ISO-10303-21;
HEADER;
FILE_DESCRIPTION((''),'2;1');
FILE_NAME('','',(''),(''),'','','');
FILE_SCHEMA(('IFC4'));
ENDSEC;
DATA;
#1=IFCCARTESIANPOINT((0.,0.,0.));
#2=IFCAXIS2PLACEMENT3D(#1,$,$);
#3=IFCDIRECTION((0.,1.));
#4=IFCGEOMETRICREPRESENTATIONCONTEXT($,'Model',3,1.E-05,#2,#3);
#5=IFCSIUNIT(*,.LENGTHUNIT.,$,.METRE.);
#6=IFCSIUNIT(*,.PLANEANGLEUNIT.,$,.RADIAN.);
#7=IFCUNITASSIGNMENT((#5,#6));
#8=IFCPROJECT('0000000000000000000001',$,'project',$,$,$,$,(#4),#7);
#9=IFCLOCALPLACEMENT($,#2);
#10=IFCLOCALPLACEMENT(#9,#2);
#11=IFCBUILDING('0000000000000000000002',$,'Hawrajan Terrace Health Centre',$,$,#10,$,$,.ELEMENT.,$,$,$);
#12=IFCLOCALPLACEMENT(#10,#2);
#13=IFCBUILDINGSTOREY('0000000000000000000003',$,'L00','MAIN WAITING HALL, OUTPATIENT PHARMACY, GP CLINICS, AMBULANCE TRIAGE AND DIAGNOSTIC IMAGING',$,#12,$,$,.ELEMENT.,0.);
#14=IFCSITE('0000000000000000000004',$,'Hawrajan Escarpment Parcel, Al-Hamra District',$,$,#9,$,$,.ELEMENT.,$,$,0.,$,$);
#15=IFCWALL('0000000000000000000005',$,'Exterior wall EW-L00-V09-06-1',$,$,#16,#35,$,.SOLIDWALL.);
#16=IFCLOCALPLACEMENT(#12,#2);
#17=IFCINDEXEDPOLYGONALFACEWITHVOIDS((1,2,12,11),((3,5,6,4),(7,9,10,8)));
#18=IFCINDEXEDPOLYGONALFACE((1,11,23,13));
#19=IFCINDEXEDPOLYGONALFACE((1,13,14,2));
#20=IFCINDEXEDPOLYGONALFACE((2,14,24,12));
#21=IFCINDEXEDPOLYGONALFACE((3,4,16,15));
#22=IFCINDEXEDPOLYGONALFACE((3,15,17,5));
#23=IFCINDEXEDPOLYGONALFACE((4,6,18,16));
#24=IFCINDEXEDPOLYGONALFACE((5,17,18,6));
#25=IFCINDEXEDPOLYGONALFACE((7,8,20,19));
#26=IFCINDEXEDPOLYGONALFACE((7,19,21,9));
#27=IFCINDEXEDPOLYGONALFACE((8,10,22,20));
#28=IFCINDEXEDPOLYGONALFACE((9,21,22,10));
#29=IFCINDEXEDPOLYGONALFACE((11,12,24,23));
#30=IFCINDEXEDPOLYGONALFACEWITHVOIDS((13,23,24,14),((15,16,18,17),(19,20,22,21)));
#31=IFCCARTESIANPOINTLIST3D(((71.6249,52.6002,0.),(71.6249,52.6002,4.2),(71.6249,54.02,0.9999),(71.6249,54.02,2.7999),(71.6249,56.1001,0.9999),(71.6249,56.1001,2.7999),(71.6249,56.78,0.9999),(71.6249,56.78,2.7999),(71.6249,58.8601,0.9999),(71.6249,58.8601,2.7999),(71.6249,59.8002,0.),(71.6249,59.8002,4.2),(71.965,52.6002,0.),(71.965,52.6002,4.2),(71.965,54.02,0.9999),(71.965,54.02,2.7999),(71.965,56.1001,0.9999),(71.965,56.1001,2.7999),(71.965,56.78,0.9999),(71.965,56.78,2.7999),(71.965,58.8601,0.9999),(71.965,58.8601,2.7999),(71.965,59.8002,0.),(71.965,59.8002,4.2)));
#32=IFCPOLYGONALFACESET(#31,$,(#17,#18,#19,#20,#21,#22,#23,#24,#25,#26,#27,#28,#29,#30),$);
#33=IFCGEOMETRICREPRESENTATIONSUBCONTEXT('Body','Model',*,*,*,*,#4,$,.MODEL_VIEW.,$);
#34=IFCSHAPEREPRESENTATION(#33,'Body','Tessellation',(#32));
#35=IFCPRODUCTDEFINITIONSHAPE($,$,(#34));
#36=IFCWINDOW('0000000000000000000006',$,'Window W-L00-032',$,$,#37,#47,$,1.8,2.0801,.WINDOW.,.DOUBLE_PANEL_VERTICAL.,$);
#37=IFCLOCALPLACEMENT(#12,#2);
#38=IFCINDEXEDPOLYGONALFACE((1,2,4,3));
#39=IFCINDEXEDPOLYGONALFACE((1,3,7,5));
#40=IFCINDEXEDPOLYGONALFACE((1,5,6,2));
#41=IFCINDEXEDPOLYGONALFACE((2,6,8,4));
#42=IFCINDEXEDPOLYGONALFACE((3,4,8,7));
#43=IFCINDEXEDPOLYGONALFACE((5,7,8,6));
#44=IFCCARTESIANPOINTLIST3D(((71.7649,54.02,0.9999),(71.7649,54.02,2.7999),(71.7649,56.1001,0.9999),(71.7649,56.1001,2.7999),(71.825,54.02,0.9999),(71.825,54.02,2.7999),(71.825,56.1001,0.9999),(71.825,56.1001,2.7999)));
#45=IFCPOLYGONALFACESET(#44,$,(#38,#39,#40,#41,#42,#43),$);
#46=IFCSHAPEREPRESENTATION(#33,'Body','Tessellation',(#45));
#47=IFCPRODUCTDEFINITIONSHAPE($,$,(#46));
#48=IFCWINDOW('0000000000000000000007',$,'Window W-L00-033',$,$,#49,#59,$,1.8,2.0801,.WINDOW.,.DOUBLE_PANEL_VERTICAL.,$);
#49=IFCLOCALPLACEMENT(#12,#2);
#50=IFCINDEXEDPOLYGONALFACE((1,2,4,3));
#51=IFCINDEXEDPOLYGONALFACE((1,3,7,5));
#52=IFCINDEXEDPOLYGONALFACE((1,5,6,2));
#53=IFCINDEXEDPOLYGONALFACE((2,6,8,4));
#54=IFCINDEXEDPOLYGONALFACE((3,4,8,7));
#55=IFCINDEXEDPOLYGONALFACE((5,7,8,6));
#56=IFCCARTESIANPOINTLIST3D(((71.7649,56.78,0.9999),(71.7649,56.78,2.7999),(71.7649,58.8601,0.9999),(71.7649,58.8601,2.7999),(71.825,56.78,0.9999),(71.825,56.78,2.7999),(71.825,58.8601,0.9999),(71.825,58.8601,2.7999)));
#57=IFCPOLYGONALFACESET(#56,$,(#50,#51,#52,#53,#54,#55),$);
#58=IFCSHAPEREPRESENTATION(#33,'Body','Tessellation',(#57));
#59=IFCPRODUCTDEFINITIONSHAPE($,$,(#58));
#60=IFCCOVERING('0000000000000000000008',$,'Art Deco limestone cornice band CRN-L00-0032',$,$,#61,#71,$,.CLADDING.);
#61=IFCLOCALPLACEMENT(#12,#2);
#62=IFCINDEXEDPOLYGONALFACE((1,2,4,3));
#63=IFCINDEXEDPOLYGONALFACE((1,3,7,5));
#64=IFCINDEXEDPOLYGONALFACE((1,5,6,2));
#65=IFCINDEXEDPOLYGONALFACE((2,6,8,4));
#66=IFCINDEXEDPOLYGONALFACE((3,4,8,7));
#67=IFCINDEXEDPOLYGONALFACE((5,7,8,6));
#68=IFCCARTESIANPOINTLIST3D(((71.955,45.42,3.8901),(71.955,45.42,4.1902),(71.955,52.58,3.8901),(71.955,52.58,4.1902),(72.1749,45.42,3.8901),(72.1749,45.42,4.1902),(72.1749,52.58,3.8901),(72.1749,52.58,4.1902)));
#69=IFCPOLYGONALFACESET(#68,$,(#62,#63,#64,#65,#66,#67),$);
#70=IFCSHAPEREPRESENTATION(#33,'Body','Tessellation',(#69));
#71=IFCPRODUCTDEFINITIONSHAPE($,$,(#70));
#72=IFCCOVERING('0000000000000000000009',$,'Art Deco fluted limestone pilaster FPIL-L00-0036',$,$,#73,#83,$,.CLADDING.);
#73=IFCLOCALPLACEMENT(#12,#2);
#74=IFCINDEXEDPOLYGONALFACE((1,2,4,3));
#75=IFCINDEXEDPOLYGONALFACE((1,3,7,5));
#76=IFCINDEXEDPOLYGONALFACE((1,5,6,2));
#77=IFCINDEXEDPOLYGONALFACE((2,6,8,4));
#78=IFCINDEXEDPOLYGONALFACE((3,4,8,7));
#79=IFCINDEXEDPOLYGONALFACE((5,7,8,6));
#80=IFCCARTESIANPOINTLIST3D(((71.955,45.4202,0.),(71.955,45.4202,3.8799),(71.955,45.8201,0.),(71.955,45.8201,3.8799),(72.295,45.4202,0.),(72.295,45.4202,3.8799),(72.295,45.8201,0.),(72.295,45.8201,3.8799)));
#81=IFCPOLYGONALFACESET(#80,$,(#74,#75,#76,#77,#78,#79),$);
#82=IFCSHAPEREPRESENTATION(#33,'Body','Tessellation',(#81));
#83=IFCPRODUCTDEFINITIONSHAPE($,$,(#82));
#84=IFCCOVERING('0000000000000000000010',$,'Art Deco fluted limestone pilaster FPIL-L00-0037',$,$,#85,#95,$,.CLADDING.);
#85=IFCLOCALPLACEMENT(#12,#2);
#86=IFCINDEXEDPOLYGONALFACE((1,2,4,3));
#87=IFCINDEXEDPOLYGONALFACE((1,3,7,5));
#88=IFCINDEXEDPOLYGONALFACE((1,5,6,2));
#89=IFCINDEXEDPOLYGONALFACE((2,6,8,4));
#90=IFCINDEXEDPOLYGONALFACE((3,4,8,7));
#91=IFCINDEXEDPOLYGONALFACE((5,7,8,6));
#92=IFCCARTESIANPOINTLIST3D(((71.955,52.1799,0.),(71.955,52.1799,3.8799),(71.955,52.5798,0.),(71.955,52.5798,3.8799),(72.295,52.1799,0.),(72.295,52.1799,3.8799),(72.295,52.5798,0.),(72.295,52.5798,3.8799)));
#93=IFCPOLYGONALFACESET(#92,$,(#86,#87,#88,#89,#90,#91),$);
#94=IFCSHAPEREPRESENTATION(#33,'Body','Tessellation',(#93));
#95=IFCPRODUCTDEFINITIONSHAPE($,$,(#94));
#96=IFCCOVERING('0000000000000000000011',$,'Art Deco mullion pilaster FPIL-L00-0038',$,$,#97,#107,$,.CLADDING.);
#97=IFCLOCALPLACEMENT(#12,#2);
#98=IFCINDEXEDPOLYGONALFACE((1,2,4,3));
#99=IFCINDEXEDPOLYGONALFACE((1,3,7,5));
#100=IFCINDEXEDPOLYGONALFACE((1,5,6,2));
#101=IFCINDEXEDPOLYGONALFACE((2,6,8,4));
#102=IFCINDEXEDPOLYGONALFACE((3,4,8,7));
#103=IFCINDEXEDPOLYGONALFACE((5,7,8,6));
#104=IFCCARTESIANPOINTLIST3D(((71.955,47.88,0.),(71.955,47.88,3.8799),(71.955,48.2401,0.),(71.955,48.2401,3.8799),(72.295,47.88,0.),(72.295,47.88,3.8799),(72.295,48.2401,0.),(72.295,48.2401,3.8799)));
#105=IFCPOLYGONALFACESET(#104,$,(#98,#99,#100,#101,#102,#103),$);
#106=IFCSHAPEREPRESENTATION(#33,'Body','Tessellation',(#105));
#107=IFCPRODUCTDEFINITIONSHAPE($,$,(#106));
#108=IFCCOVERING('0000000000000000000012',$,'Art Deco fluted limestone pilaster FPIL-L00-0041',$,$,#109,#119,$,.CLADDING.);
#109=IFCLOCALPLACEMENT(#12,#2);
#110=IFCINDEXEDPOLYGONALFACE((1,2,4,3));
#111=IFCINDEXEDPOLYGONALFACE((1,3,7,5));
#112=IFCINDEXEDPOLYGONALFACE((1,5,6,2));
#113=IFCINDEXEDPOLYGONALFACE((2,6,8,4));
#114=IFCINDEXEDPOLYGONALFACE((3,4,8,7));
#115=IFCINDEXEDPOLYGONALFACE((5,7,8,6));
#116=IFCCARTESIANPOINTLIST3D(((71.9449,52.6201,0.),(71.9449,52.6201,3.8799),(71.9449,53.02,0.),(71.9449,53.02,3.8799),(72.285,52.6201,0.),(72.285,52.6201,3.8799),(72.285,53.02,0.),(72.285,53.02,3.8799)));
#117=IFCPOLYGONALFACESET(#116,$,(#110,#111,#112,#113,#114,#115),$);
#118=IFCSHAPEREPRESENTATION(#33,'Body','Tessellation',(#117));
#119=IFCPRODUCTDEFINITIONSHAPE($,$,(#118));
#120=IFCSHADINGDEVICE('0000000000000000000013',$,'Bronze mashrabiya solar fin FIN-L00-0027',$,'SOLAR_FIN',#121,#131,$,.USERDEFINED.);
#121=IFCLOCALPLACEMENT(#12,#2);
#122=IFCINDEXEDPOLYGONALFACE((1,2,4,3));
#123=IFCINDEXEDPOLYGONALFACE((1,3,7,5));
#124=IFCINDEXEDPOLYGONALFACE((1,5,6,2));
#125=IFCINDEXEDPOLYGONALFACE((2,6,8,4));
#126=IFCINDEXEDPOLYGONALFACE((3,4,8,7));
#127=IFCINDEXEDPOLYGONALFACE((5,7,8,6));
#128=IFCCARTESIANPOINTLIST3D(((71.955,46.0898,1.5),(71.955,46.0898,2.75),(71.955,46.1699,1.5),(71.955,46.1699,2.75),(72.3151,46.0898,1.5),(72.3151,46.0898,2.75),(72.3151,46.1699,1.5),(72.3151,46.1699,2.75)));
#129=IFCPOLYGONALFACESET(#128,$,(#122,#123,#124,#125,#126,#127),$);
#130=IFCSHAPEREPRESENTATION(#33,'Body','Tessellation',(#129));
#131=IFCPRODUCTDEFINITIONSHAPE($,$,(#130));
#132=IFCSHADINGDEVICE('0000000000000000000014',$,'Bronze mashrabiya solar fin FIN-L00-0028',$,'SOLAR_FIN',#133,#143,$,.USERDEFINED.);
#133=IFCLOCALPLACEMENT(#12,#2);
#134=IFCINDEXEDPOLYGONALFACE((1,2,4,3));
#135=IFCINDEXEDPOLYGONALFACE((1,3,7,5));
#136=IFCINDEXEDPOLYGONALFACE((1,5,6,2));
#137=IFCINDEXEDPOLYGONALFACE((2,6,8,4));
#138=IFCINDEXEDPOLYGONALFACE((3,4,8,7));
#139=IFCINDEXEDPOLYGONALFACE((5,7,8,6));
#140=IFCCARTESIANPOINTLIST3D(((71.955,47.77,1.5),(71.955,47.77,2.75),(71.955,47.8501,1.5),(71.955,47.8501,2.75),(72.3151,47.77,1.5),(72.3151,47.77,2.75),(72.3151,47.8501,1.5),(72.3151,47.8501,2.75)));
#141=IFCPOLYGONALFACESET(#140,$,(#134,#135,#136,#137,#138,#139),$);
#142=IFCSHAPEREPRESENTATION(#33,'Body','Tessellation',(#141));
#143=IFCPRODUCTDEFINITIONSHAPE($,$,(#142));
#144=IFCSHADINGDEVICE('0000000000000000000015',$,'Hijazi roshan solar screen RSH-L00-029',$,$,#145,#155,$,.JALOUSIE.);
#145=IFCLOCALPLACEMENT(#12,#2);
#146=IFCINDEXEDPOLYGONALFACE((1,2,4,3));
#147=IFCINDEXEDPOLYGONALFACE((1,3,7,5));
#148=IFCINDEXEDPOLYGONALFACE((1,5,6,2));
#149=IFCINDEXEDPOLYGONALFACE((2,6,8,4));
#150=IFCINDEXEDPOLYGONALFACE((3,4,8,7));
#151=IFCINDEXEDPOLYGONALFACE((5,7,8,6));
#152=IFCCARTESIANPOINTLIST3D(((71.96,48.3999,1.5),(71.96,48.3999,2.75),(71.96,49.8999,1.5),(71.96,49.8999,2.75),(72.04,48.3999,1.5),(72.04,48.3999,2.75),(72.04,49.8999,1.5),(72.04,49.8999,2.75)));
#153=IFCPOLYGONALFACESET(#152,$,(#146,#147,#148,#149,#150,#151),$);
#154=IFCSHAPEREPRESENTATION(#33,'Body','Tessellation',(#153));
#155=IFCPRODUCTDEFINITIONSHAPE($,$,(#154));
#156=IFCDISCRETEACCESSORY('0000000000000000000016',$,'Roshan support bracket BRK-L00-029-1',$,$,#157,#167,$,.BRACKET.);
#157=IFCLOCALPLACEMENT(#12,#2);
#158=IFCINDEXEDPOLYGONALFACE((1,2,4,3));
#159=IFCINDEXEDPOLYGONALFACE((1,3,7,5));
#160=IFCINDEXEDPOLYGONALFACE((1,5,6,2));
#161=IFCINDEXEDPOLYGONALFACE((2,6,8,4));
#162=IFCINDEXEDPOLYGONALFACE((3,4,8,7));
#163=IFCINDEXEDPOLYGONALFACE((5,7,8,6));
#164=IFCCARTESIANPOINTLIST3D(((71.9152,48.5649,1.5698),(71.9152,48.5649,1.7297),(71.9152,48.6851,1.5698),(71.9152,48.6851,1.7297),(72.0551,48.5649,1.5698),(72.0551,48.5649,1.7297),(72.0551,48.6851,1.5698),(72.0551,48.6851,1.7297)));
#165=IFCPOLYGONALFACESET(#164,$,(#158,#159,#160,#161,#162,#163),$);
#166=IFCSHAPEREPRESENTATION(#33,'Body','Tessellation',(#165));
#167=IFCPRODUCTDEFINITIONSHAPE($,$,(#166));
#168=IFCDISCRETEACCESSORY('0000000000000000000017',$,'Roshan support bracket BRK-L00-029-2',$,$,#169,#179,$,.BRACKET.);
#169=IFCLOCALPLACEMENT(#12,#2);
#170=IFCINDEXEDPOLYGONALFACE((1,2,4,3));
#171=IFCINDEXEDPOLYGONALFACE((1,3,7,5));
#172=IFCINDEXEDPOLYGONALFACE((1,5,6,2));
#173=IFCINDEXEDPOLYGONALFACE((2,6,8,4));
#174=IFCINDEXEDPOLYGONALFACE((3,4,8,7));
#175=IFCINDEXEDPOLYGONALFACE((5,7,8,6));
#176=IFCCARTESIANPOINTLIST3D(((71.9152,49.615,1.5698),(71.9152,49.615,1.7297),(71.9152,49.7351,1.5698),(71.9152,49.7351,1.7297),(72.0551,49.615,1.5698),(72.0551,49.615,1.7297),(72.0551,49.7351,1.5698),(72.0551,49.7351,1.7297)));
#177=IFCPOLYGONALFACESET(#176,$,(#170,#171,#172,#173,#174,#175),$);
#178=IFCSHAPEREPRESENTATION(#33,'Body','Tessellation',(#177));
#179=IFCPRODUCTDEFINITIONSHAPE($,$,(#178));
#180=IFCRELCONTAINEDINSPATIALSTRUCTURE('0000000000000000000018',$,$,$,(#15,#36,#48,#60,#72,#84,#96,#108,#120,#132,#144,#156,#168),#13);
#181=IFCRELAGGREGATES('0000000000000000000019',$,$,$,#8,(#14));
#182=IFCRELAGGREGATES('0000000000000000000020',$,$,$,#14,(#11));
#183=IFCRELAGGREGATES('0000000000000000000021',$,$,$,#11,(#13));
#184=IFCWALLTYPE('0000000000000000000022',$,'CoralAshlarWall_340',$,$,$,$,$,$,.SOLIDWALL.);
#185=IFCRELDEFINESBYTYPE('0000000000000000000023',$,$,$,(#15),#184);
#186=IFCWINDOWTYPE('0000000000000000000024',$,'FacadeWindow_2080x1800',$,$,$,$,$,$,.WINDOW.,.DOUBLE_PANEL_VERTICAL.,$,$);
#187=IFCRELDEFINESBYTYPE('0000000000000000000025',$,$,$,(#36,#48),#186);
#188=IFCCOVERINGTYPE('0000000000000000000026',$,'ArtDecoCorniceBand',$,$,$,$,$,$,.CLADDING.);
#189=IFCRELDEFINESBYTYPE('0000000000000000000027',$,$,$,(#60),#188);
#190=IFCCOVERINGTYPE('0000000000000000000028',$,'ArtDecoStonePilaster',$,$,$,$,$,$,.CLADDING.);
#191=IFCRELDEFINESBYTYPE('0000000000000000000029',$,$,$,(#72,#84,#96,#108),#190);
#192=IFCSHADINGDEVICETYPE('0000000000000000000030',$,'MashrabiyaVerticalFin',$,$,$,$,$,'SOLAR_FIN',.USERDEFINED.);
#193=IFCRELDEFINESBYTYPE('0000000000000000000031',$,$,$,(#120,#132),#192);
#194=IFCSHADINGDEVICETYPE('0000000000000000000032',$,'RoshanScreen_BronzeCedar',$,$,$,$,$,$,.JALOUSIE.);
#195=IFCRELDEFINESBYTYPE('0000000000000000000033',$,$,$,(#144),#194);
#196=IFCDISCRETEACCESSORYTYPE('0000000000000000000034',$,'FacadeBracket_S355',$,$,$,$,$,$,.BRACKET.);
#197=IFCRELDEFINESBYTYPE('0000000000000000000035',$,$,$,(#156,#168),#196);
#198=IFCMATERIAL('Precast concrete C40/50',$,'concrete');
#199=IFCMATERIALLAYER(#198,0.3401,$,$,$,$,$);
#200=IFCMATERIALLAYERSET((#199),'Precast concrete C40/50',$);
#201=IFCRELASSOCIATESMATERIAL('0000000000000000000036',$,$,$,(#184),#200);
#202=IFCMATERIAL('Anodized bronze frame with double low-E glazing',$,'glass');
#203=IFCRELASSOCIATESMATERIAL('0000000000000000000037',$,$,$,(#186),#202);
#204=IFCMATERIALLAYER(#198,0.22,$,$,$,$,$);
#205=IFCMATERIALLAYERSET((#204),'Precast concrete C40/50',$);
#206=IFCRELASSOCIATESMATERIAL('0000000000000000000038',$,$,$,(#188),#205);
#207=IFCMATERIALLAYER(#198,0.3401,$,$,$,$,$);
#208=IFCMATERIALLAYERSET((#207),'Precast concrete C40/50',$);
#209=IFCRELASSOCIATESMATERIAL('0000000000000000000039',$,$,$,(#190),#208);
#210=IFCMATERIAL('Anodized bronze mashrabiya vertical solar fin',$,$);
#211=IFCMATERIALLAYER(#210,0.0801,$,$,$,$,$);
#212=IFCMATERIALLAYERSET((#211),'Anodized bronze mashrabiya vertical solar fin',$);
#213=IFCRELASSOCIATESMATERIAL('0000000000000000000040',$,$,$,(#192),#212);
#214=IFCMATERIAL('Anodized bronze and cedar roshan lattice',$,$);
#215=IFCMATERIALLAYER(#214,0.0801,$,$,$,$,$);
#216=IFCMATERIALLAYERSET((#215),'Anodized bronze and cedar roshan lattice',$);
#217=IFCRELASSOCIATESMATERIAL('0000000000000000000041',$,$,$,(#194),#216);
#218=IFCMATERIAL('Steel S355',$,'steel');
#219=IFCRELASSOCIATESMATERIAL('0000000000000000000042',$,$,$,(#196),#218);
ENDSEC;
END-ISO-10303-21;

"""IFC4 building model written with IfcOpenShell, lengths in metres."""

from ifc_helpers import new_model, si_unit, direction, frame, frame_2d, origin, origin_2d, place, context, subcontext, project, spatial, rectangle, extrude, material, layer, layer_set, type_object, element, fill, save


model = new_model("IFC4")

# Units and contexts
model_context = context("Model", 3, precision=1e-05, world=origin(), true_north=direction((0.0, 1.0)))
body_context = subcontext(model_context, "Body", "Model", "MODEL_VIEW")
ifc_project = project(units=[si_unit("LENGTHUNIT", "METRE"), si_unit("PLANEANGLEUNIT", "RADIAN")], contexts=[model_context])

# Site, building, storey
site_placement = place(None, origin())
site = spatial("IfcSite", under=ifc_project, at=site_placement, Name="Hawrajan Escarpment Parcel, Al-Hamra District", CompositionType="ELEMENT", RefElevation=0.0)
building_placement = place(site_placement, origin())
building = spatial("IfcBuilding", under=site, at=building_placement, Name="Hawrajan Terrace Health Centre", CompositionType="ELEMENT")
storey_placement = place(building_placement, origin())
storey = spatial("IfcBuildingStorey", under=building, at=storey_placement, Name="L00", Description="MAIN WAITING HALL, OUTPATIENT PHARMACY, GP CLINICS, AMBULANCE TRIAGE AND DIAGNOSTIC IMAGING", CompositionType="ELEMENT", Elevation=0.0)

# Shared definitions
ifc_material_1 = material(Name="Steel S355", Category="steel")

# Wall, openings, windows
ifc_material_2 = material(Name="Precast concrete C40/50", Category="concrete")
ifc_layer_1 = layer(ifc_material_2, 0.3401)
ifc_layer_set_1 = layer_set([ifc_layer_1], Name="Precast concrete C40/50")
wall_type_1 = type_object("IfcWallType", Name="CoralAshlarWall_340", PredefinedType="SOLIDWALL", material=ifc_layer_set_1)
wall_1_placement = place(storey_placement, frame((71.7949, 52.6001, 0.0), z_axis=(0.0, 0.0, 1.0), x_axis=(0.0, 1.0, 0.0)))
wall_1 = element("IfcWall", 1, at=wall_1_placement, inside=storey, type_object=wall_type_1, Name="Exterior wall EW-L00-V09-06-1", PredefinedType="SOLIDWALL", context=body_context, shape_type="SweptSolid", body=[
    extrude(rectangle(XDim=7.2, YDim=0.3401, at=frame_2d((3.6001, 0.0))), origin(), (0.0, 0.0, 1.0), 4.2),
])
opening_1_placement = place(wall_1_placement, frame((1.4199, 0.0, 1.0)))
opening_1 = element("IfcOpeningElement", 2, at=opening_1_placement, cuts=wall_1, PredefinedType="OPENING", context=body_context, shape_type="SweptSolid", body=[
    extrude(rectangle(XDim=2.0801, YDim=1.8, at=frame_2d((1.04, 0.8999))), frame((0.0, 0.1799, 0.0), z_axis=(0.0, -1.0, 0.0), x_axis=(1.0, 0.0, 0.0)), (0.0, 0.0, 1.0), 0.3601),
])
opening_2_placement = place(wall_1_placement, frame((4.1799, 0.0, 1.0)))
opening_2 = element("IfcOpeningElement", 3, at=opening_2_placement, cuts=wall_1, PredefinedType="OPENING", context=body_context, shape_type="SweptSolid", body=[
    extrude(rectangle(XDim=2.0801, YDim=1.8, at=frame_2d((1.04, 0.8999))), frame((0.0, 0.1799, 0.0), z_axis=(0.0, -1.0, 0.0), x_axis=(1.0, 0.0, 0.0)), (0.0, 0.0, 1.0), 0.3601),
])
ifc_material_3 = material(Name="Anodized bronze frame with double low-E glazing", Category="glass")
window_type = type_object("IfcWindowType", Name="FacadeWindow_2080x1800", PartitioningType="DOUBLE_PANEL_VERTICAL", PredefinedType="WINDOW", material=ifc_material_3)
window_1_placement = place(opening_1_placement, origin())
window_1 = element("IfcWindow", 4, at=window_1_placement, inside=storey, type_object=window_type, Name="Window W-L00-032", OverallHeight=1.8, OverallWidth=2.0801, PartitioningType="DOUBLE_PANEL_VERTICAL", PredefinedType="WINDOW", context=body_context, shape_type="SweptSolid", body=[
    extrude(rectangle(XDim=2.0801, YDim=1.8, at=frame_2d((1.04, 0.8999))), frame((0.0, 0.03, 0.0), z_axis=(0.0, -1.0, 0.0), x_axis=(1.0, 0.0, 0.0)), (0.0, 0.0, 1.0), 0.0601),
])
fill(opening_1, window_1)
window_2_placement = place(opening_2_placement, origin())
window_2 = element("IfcWindow", 5, at=window_2_placement, inside=storey, type_object=window_type, Name="Window W-L00-033", OverallHeight=1.8, OverallWidth=2.0801, PartitioningType="DOUBLE_PANEL_VERTICAL", PredefinedType="WINDOW", context=body_context, shape_type="SweptSolid", body=[
    extrude(rectangle(XDim=2.0801, YDim=1.8, at=frame_2d((1.04, 0.8999))), frame((0.0, 0.03, 0.0), z_axis=(0.0, -1.0, 0.0), x_axis=(1.0, 0.0, 0.0)), (0.0, 0.0, 1.0), 0.0601),
])
fill(opening_2, window_2)

# Coverings
ifc_layer_2 = layer(ifc_material_2, 0.22)
ifc_layer_set_2 = layer_set([ifc_layer_2], Name="Precast concrete C40/50")
covering_type_1 = type_object("IfcCoveringType", Name="ArtDecoCorniceBand", PredefinedType="CLADDING", material=ifc_layer_set_2)
covering_1_placement = place(storey_placement, frame((72.0649, 49.0, 3.8901), z_axis=(0.0, 0.0, 1.0), x_axis=(0.0, 1.0, 0.0)))
element("IfcCovering", 6, at=covering_1_placement, inside=storey, type_object=covering_type_1, Name="Art Deco limestone cornice band CRN-L00-0032", PredefinedType="CLADDING", context=body_context, shape_type="SweptSolid", body=[
    extrude(rectangle(XDim=7.1599, YDim=0.22, at=origin_2d()), origin(), (0.0, 0.0, 1.0), 0.3),
])
ifc_layer_3 = layer(ifc_material_2, 0.3401)
ifc_layer_set_3 = layer_set([ifc_layer_3], Name="Precast concrete C40/50")
covering_type_2 = type_object("IfcCoveringType", Name="ArtDecoStonePilaster", PredefinedType="CLADDING", material=ifc_layer_set_3)
for number, where, z_axis, x_axis, name in (
    (7, (72.125, 45.6201, 0.0), (0.0, 0.0, 1.0), (0.0, 1.0, 0.0), "Art Deco fluted limestone pilaster FPIL-L00-0036"),
    (8, (72.125, 52.3799, 0.0), (0.0, 0.0, 1.0), (0.0, 1.0, 0.0), "Art Deco fluted limestone pilaster FPIL-L00-0037"),
):
    element("IfcCovering", number, at=place(storey_placement, frame(where, z_axis=z_axis, x_axis=x_axis)), inside=storey, type_object=covering_type_2, Name=name, PredefinedType="CLADDING", context=body_context, shape_type="SweptSolid", body=[
        extrude(rectangle(XDim=0.3999, YDim=0.3401, at=origin_2d()), origin(), (0.0, 0.0, 1.0), 3.8799),
    ])
covering_2_placement = place(storey_placement, frame((72.125, 48.0601, 0.0), z_axis=(0.0, 0.0, 1.0), x_axis=(0.0, 1.0, 0.0)))
element("IfcCovering", 9, at=covering_2_placement, inside=storey, type_object=covering_type_2, Name="Art Deco mullion pilaster FPIL-L00-0038", PredefinedType="CLADDING", context=body_context, shape_type="SweptSolid", body=[
    extrude(rectangle(XDim=0.3601, YDim=0.3401, at=origin_2d()), origin(), (0.0, 0.0, 1.0), 3.8799),
])
covering_3_placement = place(storey_placement, frame((72.115, 52.8201, 0.0), z_axis=(0.0, 0.0, 1.0), x_axis=(0.0, 1.0, 0.0)))
element("IfcCovering", 10, at=covering_3_placement, inside=storey, type_object=covering_type_2, Name="Art Deco fluted limestone pilaster FPIL-L00-0041", PredefinedType="CLADDING", context=body_context, shape_type="SweptSolid", body=[
    extrude(rectangle(XDim=0.3999, YDim=0.3401, at=origin_2d()), origin(), (0.0, 0.0, 1.0), 3.8799),
])

# Shading devices
ifc_material_4 = material(Name="Anodized bronze mashrabiya vertical solar fin")
ifc_layer_4 = layer(ifc_material_4, 0.0801)
ifc_layer_set_4 = layer_set([ifc_layer_4], Name="Anodized bronze mashrabiya vertical solar fin")
shading_device_type_1 = type_object("IfcShadingDeviceType", Name="MashrabiyaVerticalFin", ElementType="SOLAR_FIN", PredefinedType="USERDEFINED", material=ifc_layer_set_4)
for number, where, z_axis, x_axis, name in (
    (11, (72.135, 46.1299, 1.5), (0.0, 0.0, 1.0), (0.0, 1.0, 0.0), "Bronze mashrabiya solar fin FIN-L00-0027"),
    (12, (72.135, 47.8101, 1.5), (0.0, 0.0, 1.0), (0.0, 1.0, 0.0), "Bronze mashrabiya solar fin FIN-L00-0028"),
):
    element("IfcShadingDevice", number, at=place(storey_placement, frame(where, z_axis=z_axis, x_axis=x_axis)), inside=storey, type_object=shading_device_type_1, Name=name, ObjectType="SOLAR_FIN", PredefinedType="USERDEFINED", context=body_context, shape_type="SweptSolid", body=[
        extrude(rectangle(XDim=0.0801, YDim=0.3601, at=origin_2d()), origin(), (0.0, 0.0, 1.0), 1.25),
    ])
ifc_material_5 = material(Name="Anodized bronze and cedar roshan lattice")
ifc_layer_5 = layer(ifc_material_5, 0.0801)
ifc_layer_set_5 = layer_set([ifc_layer_5], Name="Anodized bronze and cedar roshan lattice")
shading_device_type_2 = type_object("IfcShadingDeviceType", Name="RoshanScreen_BronzeCedar", PredefinedType="JALOUSIE", material=ifc_layer_set_5)
shading_device_placement = place(storey_placement, frame((72.0, 49.1499, 1.5), z_axis=(0.0, 0.0, 1.0), x_axis=(0.0, 1.0, 0.0)))
element("IfcShadingDevice", 13, at=shading_device_placement, inside=storey, type_object=shading_device_type_2, Name="Hijazi roshan solar screen RSH-L00-029", PredefinedType="JALOUSIE", context=body_context, shape_type="SweptSolid", body=[
    extrude(rectangle(XDim=1.5, YDim=0.0801, at=origin_2d()), origin(), (0.0, 0.0, 1.0), 1.25),
])

# Discrete accessories
discrete_accessory_type = type_object("IfcDiscreteAccessoryType", Name="FacadeBracket_S355", PredefinedType="BRACKET", material=ifc_material_1)
for number, where, z_axis, x_axis, name in (
    (14, (71.9851, 48.625, 1.5698), (0.0, 0.0, 1.0), (0.0, 1.0, 0.0), "Roshan support bracket BRK-L00-029-1"),
    (15, (71.9851, 49.675, 1.5698), (0.0, 0.0, 1.0), (0.0, 1.0, 0.0), "Roshan support bracket BRK-L00-029-2"),
):
    element("IfcDiscreteAccessory", number, at=place(storey_placement, frame(where, z_axis=z_axis, x_axis=x_axis)), inside=storey, type_object=discrete_accessory_type, Name=name, PredefinedType="BRACKET", context=body_context, shape_type="SweptSolid", body=[
        extrude(rectangle(XDim=0.1201, YDim=0.1399, at=origin_2d()), origin(), (0.0, 0.0, 1.0), 0.1599),
    ])

save(model, "model.ifc")
